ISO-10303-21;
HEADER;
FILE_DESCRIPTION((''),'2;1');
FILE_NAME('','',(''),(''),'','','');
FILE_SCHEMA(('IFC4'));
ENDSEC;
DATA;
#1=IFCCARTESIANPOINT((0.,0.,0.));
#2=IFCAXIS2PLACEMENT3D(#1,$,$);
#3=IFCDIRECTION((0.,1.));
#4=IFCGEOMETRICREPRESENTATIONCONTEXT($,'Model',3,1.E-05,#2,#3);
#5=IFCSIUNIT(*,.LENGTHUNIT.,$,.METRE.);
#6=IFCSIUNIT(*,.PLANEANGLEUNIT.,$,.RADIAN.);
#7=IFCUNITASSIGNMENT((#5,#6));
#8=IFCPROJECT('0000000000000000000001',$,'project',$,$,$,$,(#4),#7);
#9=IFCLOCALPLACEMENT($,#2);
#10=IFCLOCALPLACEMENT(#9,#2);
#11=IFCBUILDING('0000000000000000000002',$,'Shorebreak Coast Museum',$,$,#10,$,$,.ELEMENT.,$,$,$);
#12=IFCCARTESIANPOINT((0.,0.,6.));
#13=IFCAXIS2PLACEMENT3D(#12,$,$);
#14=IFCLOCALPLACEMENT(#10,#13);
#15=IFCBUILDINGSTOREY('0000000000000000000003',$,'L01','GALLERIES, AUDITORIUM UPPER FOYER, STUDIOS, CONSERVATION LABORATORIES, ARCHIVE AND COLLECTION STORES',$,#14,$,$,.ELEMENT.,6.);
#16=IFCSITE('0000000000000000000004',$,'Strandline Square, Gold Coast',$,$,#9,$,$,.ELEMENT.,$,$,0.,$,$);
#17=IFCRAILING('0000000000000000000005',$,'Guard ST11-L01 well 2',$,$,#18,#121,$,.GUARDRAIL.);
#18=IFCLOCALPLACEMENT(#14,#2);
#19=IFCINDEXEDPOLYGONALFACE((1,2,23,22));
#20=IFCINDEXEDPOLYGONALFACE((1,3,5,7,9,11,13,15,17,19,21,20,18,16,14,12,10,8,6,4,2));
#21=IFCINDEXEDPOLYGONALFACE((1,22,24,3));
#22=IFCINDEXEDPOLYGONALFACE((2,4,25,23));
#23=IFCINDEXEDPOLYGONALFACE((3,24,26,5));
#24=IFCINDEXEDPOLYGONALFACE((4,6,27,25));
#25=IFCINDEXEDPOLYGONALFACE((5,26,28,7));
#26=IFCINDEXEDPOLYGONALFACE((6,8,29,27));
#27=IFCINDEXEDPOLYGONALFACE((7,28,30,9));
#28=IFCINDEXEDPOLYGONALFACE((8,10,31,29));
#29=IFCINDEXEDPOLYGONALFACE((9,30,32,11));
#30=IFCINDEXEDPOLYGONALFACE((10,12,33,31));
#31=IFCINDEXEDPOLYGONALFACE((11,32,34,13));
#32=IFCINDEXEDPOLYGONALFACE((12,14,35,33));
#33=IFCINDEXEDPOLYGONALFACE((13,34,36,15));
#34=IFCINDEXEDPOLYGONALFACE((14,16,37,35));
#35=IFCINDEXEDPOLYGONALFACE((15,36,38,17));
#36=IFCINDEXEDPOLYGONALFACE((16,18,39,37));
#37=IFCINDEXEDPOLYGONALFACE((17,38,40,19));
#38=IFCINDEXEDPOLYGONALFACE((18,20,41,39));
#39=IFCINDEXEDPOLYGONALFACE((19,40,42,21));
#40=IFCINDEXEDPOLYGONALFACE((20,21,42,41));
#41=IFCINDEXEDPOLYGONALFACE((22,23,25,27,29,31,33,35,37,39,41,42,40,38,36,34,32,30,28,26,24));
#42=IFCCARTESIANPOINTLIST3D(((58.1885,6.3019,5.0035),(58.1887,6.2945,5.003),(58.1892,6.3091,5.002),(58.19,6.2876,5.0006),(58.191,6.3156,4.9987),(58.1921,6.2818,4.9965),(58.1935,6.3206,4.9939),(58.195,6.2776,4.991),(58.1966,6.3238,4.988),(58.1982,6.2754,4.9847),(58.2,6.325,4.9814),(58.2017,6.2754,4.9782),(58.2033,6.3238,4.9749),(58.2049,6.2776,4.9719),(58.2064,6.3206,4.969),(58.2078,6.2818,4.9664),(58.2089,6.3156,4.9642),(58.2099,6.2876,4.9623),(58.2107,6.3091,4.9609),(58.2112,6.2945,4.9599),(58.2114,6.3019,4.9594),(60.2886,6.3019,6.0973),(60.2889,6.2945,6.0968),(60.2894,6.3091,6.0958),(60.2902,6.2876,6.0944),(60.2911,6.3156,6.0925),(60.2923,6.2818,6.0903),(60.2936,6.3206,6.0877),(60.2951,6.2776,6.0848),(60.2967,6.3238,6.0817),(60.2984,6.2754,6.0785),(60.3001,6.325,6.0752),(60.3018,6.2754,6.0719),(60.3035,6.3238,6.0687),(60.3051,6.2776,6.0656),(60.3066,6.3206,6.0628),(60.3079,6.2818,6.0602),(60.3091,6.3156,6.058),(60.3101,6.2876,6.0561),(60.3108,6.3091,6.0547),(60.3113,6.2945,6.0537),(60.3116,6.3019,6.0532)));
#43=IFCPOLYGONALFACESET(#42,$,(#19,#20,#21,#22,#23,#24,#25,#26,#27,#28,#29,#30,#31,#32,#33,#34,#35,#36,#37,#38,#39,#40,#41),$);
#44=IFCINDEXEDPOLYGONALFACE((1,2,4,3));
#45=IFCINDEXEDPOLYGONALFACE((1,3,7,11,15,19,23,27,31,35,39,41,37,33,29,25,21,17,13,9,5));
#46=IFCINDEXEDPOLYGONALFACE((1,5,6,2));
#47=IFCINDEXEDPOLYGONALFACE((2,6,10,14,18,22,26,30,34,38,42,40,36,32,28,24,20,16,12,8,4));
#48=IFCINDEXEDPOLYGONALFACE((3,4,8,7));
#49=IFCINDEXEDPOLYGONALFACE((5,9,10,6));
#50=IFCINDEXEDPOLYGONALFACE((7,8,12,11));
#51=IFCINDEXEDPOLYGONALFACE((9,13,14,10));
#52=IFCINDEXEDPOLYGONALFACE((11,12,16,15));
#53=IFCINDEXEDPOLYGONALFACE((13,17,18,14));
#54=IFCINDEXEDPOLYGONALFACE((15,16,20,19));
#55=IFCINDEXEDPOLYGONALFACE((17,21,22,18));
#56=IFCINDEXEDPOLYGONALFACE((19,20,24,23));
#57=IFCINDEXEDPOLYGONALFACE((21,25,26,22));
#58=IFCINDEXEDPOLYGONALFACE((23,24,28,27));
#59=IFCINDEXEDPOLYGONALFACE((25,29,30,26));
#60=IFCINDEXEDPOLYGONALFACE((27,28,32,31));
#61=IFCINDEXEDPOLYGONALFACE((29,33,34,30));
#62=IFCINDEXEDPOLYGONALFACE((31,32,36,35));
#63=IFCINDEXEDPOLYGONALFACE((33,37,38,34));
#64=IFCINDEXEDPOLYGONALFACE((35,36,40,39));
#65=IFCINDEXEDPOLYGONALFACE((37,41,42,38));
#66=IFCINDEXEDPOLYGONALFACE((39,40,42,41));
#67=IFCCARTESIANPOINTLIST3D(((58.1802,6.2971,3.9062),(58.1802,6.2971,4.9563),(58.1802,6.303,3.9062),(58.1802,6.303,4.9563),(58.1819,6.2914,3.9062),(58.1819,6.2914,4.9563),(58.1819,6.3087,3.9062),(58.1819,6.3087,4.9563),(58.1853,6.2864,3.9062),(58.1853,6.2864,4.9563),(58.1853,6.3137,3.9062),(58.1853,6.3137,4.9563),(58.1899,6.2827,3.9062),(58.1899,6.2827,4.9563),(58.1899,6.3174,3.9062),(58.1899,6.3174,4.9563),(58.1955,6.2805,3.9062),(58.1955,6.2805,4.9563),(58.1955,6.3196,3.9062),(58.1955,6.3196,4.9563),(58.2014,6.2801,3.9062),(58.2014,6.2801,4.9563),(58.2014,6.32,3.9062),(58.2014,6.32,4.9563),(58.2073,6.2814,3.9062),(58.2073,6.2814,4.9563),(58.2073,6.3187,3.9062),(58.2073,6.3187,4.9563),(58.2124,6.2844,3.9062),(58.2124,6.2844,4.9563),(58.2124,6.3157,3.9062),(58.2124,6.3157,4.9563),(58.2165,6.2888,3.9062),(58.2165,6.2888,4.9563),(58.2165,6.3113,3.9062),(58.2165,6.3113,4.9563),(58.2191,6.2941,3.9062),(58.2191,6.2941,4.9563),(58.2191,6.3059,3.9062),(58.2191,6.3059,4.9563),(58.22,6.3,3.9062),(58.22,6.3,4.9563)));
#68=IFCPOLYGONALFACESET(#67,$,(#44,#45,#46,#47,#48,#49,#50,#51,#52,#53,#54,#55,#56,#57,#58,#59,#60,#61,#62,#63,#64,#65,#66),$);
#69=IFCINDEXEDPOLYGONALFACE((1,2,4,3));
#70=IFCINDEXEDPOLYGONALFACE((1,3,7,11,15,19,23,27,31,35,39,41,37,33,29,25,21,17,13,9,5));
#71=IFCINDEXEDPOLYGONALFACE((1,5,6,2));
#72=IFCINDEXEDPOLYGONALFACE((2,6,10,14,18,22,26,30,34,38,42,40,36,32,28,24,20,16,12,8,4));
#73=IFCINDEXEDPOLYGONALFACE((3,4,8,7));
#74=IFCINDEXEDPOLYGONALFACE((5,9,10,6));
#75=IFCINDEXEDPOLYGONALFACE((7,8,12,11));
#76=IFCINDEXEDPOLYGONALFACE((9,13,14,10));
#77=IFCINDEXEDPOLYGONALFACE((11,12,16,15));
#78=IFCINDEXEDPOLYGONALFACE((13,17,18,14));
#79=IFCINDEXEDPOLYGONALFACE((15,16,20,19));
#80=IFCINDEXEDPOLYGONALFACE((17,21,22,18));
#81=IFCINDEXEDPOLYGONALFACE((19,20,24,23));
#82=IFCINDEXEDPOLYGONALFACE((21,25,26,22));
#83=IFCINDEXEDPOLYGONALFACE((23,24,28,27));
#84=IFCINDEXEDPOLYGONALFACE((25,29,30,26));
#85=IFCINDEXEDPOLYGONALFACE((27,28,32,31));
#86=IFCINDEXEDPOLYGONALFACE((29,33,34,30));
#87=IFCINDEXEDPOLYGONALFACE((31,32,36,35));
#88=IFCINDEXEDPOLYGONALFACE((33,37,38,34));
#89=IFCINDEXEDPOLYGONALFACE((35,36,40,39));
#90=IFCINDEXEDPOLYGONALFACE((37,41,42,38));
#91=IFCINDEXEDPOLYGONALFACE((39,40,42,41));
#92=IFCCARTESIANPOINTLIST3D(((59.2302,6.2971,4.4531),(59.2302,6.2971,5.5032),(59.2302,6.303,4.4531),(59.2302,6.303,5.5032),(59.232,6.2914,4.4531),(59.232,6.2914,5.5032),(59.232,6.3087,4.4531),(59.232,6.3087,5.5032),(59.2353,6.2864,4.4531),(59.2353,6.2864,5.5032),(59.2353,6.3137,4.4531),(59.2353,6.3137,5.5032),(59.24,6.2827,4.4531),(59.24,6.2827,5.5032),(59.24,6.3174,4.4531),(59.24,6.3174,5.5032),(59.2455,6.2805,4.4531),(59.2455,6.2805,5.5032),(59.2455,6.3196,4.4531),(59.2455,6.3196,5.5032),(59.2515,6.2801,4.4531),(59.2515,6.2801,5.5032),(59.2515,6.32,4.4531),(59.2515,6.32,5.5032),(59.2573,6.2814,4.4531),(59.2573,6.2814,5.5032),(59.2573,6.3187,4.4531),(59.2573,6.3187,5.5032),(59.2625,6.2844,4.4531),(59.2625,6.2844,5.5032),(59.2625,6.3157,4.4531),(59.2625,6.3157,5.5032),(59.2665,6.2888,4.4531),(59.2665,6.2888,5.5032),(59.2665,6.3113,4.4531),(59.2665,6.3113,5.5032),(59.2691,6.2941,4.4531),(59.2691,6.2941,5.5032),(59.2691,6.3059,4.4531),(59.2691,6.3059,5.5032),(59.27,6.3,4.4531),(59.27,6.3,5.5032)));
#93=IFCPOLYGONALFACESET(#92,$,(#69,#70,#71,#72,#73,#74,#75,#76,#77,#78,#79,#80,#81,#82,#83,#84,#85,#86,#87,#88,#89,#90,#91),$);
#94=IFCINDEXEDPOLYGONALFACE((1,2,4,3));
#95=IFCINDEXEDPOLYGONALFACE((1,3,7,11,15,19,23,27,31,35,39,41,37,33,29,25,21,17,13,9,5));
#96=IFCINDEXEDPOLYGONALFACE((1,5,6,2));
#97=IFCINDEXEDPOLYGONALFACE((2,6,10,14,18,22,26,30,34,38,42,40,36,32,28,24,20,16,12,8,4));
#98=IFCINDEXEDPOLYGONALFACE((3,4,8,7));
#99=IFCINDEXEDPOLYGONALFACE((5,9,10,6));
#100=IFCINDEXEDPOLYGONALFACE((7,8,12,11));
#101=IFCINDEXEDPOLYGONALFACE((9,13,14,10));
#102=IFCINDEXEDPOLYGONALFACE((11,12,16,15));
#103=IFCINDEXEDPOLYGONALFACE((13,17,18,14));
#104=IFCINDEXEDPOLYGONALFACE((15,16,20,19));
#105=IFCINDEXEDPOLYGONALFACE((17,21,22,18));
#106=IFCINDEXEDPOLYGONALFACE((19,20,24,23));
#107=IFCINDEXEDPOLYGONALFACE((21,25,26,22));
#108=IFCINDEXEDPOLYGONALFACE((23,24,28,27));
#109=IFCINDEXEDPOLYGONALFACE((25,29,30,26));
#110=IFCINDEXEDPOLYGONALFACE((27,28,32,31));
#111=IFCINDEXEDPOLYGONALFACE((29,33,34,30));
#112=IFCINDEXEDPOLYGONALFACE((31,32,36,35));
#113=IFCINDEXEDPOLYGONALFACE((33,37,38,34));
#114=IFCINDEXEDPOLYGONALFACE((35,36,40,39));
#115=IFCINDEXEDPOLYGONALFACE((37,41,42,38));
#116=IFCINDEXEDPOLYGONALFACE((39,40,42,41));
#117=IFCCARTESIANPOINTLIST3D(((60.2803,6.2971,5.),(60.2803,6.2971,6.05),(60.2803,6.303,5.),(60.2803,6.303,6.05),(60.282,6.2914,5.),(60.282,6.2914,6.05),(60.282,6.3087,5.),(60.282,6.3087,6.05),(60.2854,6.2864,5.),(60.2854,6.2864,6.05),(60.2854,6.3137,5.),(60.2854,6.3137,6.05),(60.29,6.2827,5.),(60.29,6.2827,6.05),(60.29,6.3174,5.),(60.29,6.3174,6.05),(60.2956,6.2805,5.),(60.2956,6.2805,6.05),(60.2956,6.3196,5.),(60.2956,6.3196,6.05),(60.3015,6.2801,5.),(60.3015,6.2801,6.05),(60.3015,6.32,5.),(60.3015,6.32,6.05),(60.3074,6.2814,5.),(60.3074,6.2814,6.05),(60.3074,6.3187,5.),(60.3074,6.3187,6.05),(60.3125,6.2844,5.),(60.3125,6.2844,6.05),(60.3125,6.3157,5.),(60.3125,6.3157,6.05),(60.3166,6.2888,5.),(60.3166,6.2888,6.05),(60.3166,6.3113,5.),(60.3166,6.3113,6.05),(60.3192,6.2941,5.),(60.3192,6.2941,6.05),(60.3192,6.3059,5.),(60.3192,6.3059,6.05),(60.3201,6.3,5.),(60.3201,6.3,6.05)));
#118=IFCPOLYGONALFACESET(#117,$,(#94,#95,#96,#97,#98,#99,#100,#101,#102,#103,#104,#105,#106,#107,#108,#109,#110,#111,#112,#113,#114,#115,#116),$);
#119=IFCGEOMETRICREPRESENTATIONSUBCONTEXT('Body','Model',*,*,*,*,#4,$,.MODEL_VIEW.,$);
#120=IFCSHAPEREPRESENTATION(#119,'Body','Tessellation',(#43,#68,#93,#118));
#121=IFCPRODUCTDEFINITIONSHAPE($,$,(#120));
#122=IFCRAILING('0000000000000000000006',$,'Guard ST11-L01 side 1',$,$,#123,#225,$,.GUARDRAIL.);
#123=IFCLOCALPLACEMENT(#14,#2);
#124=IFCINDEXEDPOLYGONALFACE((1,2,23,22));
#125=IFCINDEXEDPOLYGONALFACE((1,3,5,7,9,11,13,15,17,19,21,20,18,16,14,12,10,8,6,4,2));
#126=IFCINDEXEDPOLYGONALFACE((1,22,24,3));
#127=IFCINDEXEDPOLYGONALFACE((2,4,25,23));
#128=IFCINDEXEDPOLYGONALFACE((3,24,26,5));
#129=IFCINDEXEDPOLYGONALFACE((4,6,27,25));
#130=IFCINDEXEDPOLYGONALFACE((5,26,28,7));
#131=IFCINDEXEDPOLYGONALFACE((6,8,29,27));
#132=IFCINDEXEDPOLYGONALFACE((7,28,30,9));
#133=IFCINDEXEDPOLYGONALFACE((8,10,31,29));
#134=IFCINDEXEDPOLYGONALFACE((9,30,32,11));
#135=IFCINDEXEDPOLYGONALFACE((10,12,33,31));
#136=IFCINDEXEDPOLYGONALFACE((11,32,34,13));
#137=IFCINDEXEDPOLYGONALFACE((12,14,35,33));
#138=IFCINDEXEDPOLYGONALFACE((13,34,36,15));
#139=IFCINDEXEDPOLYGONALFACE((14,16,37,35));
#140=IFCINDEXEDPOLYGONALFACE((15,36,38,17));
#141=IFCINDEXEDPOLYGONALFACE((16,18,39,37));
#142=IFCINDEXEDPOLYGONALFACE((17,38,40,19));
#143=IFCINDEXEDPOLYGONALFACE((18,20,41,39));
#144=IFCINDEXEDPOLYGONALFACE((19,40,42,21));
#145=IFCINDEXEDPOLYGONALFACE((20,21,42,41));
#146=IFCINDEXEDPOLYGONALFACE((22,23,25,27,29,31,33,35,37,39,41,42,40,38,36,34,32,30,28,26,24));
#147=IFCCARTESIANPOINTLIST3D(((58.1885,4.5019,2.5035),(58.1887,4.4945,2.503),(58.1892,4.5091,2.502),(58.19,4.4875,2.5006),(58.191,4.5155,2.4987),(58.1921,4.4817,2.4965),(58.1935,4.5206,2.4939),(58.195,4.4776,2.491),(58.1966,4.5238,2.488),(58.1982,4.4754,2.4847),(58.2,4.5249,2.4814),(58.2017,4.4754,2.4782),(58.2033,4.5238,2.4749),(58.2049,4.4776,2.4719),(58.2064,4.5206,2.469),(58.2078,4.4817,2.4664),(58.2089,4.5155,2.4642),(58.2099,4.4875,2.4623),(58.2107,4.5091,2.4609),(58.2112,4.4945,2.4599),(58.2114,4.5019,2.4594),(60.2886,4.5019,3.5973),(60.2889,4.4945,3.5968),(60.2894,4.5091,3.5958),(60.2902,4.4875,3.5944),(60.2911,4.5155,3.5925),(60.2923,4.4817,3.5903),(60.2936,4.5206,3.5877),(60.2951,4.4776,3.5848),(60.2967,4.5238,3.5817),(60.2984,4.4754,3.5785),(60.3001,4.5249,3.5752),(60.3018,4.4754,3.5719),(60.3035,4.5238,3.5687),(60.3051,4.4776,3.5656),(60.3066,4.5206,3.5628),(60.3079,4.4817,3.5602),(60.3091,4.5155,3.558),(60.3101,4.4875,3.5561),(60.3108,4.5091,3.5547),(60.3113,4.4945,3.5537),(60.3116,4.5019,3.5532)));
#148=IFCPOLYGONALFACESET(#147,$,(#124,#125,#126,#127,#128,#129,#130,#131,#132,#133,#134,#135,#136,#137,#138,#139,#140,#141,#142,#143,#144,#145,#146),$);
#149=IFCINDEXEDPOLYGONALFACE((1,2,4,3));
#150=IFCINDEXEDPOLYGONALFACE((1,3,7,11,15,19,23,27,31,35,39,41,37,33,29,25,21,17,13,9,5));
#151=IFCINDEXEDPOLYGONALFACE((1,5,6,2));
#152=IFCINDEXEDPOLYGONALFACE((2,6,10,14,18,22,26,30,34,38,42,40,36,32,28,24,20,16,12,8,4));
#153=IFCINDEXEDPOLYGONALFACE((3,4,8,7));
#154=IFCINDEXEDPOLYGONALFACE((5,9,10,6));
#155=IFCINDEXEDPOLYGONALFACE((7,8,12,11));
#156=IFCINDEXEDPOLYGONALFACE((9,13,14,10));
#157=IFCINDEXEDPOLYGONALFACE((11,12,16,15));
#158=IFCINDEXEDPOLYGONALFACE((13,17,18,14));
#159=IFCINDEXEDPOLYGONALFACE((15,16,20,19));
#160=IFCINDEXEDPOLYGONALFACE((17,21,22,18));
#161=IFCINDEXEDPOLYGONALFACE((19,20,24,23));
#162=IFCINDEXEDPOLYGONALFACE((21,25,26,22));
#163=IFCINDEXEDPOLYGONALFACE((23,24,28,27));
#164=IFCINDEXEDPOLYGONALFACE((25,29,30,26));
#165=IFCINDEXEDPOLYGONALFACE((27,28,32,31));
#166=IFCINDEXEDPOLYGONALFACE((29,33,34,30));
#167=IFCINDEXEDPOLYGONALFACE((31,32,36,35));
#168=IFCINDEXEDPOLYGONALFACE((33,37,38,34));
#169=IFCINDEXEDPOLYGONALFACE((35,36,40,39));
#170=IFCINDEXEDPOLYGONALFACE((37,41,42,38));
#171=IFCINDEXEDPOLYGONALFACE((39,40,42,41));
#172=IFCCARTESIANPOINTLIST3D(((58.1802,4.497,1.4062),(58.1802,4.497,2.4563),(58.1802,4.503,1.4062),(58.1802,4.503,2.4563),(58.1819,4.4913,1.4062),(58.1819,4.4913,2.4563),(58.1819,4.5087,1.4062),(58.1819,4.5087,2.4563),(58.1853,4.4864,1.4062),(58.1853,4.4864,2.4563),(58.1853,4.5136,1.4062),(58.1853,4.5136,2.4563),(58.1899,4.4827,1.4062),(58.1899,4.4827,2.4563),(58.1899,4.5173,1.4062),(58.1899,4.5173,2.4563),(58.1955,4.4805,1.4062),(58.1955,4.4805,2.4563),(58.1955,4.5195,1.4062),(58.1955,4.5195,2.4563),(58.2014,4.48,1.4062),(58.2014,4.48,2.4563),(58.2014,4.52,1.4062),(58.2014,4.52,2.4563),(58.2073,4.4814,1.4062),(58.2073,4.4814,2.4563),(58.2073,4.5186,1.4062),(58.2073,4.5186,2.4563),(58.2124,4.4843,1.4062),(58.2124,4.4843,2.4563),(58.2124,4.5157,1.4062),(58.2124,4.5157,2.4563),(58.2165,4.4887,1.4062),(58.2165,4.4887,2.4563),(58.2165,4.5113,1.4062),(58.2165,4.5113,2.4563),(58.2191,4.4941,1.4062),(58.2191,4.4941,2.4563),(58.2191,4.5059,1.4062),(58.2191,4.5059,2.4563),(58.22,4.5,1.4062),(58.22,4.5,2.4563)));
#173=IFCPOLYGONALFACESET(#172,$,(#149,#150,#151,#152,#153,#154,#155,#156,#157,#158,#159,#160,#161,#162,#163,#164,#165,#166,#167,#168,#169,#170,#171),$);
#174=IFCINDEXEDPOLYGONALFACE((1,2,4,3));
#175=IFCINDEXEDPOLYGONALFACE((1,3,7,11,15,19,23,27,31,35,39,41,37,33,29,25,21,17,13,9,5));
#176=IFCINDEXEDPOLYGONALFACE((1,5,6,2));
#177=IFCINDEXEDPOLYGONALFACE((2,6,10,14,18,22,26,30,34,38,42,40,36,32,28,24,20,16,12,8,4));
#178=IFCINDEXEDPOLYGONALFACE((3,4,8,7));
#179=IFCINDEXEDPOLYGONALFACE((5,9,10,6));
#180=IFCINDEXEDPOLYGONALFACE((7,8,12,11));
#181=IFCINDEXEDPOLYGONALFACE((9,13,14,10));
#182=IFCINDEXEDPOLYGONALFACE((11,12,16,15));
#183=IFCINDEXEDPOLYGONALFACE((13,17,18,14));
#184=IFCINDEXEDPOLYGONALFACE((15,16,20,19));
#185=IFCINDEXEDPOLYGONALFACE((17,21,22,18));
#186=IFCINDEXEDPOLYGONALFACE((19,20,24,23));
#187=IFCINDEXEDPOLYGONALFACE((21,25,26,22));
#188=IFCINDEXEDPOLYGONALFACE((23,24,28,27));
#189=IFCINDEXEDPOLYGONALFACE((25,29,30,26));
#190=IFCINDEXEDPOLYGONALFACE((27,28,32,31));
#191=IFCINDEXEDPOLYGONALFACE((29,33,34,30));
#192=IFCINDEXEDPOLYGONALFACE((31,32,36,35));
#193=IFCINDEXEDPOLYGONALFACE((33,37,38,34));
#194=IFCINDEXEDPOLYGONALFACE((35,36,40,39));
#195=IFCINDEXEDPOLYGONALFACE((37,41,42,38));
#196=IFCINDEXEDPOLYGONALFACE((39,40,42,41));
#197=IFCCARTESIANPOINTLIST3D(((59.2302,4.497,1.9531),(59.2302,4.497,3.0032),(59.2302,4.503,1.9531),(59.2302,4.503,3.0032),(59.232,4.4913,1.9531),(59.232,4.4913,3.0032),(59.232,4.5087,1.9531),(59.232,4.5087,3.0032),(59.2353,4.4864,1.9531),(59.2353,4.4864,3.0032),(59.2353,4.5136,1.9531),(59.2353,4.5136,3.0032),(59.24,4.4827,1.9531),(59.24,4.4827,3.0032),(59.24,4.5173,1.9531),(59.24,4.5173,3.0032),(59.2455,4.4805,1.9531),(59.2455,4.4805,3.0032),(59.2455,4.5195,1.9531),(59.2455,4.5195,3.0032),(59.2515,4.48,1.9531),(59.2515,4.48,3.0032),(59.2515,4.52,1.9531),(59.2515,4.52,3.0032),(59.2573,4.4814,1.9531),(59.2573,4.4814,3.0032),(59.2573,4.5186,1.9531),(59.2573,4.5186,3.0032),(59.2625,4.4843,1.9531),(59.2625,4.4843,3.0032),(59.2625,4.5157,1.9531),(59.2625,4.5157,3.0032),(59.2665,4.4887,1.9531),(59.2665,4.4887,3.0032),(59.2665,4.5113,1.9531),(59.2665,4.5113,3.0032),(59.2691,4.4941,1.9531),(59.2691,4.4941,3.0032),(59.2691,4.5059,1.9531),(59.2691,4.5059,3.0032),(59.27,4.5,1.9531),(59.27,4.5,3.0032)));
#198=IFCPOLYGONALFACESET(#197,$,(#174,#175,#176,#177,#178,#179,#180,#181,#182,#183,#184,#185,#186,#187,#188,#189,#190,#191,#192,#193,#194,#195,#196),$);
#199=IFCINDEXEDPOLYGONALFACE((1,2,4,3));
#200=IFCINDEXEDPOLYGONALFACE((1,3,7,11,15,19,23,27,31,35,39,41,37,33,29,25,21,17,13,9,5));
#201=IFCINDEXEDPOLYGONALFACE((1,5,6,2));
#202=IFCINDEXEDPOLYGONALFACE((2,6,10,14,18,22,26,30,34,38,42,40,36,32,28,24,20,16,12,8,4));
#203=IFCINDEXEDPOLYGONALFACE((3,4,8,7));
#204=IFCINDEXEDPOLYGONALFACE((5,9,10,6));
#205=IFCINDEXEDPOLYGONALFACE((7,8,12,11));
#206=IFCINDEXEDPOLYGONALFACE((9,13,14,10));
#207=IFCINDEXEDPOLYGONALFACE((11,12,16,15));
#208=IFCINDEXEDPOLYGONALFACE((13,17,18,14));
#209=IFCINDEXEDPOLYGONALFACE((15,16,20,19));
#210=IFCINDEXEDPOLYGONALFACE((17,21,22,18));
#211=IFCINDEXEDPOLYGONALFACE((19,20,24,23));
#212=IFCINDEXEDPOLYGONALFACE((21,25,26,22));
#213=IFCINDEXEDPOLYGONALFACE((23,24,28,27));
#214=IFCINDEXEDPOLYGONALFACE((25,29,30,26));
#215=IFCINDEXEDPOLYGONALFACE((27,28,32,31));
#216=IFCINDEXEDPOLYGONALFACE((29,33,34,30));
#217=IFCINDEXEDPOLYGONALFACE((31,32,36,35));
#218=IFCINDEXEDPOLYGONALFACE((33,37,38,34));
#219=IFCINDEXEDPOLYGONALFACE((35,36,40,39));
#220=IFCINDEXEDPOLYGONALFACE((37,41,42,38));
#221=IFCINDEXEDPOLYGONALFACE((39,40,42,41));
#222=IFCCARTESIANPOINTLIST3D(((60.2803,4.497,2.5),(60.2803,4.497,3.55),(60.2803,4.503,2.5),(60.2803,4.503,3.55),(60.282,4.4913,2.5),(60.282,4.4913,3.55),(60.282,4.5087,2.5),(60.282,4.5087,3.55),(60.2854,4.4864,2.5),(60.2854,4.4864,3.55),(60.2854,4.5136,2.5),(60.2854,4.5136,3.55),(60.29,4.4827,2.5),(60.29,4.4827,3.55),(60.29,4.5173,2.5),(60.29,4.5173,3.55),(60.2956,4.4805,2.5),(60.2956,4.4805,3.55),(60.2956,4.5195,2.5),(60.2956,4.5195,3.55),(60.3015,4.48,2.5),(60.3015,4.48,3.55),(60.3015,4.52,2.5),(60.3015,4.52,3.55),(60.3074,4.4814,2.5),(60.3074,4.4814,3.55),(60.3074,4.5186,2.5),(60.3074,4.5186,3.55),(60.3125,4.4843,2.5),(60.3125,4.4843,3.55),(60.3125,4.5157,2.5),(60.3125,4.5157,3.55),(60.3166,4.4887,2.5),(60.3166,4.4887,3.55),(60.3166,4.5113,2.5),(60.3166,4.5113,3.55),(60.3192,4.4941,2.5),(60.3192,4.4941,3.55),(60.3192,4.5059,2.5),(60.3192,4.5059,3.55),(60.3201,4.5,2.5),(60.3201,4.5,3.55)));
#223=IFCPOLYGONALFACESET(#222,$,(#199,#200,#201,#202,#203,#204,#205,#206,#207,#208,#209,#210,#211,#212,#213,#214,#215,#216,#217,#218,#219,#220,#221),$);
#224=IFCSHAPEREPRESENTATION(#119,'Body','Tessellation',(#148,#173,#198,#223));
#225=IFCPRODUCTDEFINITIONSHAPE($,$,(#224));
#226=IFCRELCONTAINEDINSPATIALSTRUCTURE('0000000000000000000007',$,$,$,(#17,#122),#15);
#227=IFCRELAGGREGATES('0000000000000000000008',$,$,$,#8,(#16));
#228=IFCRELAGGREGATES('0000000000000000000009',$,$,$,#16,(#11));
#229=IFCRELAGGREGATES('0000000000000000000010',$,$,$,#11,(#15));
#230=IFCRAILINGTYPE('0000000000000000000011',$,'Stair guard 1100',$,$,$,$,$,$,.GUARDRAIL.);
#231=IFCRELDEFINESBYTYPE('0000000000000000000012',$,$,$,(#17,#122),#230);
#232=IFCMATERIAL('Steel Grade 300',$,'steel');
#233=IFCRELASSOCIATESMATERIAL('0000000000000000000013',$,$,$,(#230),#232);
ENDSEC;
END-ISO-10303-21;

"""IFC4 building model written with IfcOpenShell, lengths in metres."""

from ifc_helpers import new_model, si_unit, direction, frame, origin, origin_2d, place, context, subcontext, project, spatial, circle, extrude, material, type_object, element, save


model = new_model("IFC4")

# Units and contexts
model_context = context("Model", 3, precision=1e-05, world=origin(), true_north=direction((0.0, 1.0)))
body_context = subcontext(model_context, "Body", "Model", "MODEL_VIEW")
ifc_project = project(units=[si_unit("LENGTHUNIT", "METRE"), si_unit("PLANEANGLEUNIT", "RADIAN")], contexts=[model_context])

# Site, building, storey
site_placement = place(None, origin())
site = spatial("IfcSite", under=ifc_project, at=site_placement, Name="Strandline Square, Gold Coast", CompositionType="ELEMENT", RefElevation=0.0)
building_placement = place(site_placement, origin())
building = spatial("IfcBuilding", under=site, at=building_placement, Name="Shorebreak Coast Museum", CompositionType="ELEMENT")
storey_placement = place(building_placement, frame((0.0, 0.0, 6.0)))
storey = spatial("IfcBuildingStorey", under=building, at=storey_placement, Name="L01", Description="GALLERIES, AUDITORIUM UPPER FOYER, STUDIOS, CONSERVATION LABORATORIES, ARCHIVE AND COLLECTION STORES", CompositionType="ELEMENT", Elevation=6.0)

# Railings
ifc_material_1 = material(Name="Steel Grade 300", Category="steel")
railing_type_1 = type_object("IfcRailingType", Name="Stair guard 1100", PredefinedType="GUARDRAIL", material=ifc_material_1)
for number, where, name in (
    (1, (58.2, 6.3, 3.9062), "Guard ST11-L01 well 2"),
    (2, (58.2, 4.5, 1.4062), "Guard ST11-L01 side 1"),
):
    element("IfcRailing", number, at=place(storey_placement, frame(where)), inside=storey, type_object=railing_type_1, Name=name, PredefinedType="GUARDRAIL", context=body_context, shape_type="SweptSolid", body=[
        extrude(circle(Radius=0.0249, at=origin_2d()), frame((0.0, 0.0, 1.0752), z_axis=(0.886923, 0.0, 0.461918), x_axis=(0.0, 1.0, 0.0)), (0.0, 0.0, 1.0), 2.3679),
        extrude(circle(Radius=0.02, at=origin_2d()), origin(), (0.0, 0.0, 1.0), 1.05),
        extrude(circle(Radius=0.02, at=origin_2d()), frame((1.05, 0.0, 0.5469)), (0.0, 0.0, 1.0), 1.05),
        extrude(circle(Radius=0.02, at=origin_2d()), frame((2.1001, 0.0, 1.0938)), (0.0, 0.0, 1.0), 1.05),
    ])

save(model, "model.ifc")
